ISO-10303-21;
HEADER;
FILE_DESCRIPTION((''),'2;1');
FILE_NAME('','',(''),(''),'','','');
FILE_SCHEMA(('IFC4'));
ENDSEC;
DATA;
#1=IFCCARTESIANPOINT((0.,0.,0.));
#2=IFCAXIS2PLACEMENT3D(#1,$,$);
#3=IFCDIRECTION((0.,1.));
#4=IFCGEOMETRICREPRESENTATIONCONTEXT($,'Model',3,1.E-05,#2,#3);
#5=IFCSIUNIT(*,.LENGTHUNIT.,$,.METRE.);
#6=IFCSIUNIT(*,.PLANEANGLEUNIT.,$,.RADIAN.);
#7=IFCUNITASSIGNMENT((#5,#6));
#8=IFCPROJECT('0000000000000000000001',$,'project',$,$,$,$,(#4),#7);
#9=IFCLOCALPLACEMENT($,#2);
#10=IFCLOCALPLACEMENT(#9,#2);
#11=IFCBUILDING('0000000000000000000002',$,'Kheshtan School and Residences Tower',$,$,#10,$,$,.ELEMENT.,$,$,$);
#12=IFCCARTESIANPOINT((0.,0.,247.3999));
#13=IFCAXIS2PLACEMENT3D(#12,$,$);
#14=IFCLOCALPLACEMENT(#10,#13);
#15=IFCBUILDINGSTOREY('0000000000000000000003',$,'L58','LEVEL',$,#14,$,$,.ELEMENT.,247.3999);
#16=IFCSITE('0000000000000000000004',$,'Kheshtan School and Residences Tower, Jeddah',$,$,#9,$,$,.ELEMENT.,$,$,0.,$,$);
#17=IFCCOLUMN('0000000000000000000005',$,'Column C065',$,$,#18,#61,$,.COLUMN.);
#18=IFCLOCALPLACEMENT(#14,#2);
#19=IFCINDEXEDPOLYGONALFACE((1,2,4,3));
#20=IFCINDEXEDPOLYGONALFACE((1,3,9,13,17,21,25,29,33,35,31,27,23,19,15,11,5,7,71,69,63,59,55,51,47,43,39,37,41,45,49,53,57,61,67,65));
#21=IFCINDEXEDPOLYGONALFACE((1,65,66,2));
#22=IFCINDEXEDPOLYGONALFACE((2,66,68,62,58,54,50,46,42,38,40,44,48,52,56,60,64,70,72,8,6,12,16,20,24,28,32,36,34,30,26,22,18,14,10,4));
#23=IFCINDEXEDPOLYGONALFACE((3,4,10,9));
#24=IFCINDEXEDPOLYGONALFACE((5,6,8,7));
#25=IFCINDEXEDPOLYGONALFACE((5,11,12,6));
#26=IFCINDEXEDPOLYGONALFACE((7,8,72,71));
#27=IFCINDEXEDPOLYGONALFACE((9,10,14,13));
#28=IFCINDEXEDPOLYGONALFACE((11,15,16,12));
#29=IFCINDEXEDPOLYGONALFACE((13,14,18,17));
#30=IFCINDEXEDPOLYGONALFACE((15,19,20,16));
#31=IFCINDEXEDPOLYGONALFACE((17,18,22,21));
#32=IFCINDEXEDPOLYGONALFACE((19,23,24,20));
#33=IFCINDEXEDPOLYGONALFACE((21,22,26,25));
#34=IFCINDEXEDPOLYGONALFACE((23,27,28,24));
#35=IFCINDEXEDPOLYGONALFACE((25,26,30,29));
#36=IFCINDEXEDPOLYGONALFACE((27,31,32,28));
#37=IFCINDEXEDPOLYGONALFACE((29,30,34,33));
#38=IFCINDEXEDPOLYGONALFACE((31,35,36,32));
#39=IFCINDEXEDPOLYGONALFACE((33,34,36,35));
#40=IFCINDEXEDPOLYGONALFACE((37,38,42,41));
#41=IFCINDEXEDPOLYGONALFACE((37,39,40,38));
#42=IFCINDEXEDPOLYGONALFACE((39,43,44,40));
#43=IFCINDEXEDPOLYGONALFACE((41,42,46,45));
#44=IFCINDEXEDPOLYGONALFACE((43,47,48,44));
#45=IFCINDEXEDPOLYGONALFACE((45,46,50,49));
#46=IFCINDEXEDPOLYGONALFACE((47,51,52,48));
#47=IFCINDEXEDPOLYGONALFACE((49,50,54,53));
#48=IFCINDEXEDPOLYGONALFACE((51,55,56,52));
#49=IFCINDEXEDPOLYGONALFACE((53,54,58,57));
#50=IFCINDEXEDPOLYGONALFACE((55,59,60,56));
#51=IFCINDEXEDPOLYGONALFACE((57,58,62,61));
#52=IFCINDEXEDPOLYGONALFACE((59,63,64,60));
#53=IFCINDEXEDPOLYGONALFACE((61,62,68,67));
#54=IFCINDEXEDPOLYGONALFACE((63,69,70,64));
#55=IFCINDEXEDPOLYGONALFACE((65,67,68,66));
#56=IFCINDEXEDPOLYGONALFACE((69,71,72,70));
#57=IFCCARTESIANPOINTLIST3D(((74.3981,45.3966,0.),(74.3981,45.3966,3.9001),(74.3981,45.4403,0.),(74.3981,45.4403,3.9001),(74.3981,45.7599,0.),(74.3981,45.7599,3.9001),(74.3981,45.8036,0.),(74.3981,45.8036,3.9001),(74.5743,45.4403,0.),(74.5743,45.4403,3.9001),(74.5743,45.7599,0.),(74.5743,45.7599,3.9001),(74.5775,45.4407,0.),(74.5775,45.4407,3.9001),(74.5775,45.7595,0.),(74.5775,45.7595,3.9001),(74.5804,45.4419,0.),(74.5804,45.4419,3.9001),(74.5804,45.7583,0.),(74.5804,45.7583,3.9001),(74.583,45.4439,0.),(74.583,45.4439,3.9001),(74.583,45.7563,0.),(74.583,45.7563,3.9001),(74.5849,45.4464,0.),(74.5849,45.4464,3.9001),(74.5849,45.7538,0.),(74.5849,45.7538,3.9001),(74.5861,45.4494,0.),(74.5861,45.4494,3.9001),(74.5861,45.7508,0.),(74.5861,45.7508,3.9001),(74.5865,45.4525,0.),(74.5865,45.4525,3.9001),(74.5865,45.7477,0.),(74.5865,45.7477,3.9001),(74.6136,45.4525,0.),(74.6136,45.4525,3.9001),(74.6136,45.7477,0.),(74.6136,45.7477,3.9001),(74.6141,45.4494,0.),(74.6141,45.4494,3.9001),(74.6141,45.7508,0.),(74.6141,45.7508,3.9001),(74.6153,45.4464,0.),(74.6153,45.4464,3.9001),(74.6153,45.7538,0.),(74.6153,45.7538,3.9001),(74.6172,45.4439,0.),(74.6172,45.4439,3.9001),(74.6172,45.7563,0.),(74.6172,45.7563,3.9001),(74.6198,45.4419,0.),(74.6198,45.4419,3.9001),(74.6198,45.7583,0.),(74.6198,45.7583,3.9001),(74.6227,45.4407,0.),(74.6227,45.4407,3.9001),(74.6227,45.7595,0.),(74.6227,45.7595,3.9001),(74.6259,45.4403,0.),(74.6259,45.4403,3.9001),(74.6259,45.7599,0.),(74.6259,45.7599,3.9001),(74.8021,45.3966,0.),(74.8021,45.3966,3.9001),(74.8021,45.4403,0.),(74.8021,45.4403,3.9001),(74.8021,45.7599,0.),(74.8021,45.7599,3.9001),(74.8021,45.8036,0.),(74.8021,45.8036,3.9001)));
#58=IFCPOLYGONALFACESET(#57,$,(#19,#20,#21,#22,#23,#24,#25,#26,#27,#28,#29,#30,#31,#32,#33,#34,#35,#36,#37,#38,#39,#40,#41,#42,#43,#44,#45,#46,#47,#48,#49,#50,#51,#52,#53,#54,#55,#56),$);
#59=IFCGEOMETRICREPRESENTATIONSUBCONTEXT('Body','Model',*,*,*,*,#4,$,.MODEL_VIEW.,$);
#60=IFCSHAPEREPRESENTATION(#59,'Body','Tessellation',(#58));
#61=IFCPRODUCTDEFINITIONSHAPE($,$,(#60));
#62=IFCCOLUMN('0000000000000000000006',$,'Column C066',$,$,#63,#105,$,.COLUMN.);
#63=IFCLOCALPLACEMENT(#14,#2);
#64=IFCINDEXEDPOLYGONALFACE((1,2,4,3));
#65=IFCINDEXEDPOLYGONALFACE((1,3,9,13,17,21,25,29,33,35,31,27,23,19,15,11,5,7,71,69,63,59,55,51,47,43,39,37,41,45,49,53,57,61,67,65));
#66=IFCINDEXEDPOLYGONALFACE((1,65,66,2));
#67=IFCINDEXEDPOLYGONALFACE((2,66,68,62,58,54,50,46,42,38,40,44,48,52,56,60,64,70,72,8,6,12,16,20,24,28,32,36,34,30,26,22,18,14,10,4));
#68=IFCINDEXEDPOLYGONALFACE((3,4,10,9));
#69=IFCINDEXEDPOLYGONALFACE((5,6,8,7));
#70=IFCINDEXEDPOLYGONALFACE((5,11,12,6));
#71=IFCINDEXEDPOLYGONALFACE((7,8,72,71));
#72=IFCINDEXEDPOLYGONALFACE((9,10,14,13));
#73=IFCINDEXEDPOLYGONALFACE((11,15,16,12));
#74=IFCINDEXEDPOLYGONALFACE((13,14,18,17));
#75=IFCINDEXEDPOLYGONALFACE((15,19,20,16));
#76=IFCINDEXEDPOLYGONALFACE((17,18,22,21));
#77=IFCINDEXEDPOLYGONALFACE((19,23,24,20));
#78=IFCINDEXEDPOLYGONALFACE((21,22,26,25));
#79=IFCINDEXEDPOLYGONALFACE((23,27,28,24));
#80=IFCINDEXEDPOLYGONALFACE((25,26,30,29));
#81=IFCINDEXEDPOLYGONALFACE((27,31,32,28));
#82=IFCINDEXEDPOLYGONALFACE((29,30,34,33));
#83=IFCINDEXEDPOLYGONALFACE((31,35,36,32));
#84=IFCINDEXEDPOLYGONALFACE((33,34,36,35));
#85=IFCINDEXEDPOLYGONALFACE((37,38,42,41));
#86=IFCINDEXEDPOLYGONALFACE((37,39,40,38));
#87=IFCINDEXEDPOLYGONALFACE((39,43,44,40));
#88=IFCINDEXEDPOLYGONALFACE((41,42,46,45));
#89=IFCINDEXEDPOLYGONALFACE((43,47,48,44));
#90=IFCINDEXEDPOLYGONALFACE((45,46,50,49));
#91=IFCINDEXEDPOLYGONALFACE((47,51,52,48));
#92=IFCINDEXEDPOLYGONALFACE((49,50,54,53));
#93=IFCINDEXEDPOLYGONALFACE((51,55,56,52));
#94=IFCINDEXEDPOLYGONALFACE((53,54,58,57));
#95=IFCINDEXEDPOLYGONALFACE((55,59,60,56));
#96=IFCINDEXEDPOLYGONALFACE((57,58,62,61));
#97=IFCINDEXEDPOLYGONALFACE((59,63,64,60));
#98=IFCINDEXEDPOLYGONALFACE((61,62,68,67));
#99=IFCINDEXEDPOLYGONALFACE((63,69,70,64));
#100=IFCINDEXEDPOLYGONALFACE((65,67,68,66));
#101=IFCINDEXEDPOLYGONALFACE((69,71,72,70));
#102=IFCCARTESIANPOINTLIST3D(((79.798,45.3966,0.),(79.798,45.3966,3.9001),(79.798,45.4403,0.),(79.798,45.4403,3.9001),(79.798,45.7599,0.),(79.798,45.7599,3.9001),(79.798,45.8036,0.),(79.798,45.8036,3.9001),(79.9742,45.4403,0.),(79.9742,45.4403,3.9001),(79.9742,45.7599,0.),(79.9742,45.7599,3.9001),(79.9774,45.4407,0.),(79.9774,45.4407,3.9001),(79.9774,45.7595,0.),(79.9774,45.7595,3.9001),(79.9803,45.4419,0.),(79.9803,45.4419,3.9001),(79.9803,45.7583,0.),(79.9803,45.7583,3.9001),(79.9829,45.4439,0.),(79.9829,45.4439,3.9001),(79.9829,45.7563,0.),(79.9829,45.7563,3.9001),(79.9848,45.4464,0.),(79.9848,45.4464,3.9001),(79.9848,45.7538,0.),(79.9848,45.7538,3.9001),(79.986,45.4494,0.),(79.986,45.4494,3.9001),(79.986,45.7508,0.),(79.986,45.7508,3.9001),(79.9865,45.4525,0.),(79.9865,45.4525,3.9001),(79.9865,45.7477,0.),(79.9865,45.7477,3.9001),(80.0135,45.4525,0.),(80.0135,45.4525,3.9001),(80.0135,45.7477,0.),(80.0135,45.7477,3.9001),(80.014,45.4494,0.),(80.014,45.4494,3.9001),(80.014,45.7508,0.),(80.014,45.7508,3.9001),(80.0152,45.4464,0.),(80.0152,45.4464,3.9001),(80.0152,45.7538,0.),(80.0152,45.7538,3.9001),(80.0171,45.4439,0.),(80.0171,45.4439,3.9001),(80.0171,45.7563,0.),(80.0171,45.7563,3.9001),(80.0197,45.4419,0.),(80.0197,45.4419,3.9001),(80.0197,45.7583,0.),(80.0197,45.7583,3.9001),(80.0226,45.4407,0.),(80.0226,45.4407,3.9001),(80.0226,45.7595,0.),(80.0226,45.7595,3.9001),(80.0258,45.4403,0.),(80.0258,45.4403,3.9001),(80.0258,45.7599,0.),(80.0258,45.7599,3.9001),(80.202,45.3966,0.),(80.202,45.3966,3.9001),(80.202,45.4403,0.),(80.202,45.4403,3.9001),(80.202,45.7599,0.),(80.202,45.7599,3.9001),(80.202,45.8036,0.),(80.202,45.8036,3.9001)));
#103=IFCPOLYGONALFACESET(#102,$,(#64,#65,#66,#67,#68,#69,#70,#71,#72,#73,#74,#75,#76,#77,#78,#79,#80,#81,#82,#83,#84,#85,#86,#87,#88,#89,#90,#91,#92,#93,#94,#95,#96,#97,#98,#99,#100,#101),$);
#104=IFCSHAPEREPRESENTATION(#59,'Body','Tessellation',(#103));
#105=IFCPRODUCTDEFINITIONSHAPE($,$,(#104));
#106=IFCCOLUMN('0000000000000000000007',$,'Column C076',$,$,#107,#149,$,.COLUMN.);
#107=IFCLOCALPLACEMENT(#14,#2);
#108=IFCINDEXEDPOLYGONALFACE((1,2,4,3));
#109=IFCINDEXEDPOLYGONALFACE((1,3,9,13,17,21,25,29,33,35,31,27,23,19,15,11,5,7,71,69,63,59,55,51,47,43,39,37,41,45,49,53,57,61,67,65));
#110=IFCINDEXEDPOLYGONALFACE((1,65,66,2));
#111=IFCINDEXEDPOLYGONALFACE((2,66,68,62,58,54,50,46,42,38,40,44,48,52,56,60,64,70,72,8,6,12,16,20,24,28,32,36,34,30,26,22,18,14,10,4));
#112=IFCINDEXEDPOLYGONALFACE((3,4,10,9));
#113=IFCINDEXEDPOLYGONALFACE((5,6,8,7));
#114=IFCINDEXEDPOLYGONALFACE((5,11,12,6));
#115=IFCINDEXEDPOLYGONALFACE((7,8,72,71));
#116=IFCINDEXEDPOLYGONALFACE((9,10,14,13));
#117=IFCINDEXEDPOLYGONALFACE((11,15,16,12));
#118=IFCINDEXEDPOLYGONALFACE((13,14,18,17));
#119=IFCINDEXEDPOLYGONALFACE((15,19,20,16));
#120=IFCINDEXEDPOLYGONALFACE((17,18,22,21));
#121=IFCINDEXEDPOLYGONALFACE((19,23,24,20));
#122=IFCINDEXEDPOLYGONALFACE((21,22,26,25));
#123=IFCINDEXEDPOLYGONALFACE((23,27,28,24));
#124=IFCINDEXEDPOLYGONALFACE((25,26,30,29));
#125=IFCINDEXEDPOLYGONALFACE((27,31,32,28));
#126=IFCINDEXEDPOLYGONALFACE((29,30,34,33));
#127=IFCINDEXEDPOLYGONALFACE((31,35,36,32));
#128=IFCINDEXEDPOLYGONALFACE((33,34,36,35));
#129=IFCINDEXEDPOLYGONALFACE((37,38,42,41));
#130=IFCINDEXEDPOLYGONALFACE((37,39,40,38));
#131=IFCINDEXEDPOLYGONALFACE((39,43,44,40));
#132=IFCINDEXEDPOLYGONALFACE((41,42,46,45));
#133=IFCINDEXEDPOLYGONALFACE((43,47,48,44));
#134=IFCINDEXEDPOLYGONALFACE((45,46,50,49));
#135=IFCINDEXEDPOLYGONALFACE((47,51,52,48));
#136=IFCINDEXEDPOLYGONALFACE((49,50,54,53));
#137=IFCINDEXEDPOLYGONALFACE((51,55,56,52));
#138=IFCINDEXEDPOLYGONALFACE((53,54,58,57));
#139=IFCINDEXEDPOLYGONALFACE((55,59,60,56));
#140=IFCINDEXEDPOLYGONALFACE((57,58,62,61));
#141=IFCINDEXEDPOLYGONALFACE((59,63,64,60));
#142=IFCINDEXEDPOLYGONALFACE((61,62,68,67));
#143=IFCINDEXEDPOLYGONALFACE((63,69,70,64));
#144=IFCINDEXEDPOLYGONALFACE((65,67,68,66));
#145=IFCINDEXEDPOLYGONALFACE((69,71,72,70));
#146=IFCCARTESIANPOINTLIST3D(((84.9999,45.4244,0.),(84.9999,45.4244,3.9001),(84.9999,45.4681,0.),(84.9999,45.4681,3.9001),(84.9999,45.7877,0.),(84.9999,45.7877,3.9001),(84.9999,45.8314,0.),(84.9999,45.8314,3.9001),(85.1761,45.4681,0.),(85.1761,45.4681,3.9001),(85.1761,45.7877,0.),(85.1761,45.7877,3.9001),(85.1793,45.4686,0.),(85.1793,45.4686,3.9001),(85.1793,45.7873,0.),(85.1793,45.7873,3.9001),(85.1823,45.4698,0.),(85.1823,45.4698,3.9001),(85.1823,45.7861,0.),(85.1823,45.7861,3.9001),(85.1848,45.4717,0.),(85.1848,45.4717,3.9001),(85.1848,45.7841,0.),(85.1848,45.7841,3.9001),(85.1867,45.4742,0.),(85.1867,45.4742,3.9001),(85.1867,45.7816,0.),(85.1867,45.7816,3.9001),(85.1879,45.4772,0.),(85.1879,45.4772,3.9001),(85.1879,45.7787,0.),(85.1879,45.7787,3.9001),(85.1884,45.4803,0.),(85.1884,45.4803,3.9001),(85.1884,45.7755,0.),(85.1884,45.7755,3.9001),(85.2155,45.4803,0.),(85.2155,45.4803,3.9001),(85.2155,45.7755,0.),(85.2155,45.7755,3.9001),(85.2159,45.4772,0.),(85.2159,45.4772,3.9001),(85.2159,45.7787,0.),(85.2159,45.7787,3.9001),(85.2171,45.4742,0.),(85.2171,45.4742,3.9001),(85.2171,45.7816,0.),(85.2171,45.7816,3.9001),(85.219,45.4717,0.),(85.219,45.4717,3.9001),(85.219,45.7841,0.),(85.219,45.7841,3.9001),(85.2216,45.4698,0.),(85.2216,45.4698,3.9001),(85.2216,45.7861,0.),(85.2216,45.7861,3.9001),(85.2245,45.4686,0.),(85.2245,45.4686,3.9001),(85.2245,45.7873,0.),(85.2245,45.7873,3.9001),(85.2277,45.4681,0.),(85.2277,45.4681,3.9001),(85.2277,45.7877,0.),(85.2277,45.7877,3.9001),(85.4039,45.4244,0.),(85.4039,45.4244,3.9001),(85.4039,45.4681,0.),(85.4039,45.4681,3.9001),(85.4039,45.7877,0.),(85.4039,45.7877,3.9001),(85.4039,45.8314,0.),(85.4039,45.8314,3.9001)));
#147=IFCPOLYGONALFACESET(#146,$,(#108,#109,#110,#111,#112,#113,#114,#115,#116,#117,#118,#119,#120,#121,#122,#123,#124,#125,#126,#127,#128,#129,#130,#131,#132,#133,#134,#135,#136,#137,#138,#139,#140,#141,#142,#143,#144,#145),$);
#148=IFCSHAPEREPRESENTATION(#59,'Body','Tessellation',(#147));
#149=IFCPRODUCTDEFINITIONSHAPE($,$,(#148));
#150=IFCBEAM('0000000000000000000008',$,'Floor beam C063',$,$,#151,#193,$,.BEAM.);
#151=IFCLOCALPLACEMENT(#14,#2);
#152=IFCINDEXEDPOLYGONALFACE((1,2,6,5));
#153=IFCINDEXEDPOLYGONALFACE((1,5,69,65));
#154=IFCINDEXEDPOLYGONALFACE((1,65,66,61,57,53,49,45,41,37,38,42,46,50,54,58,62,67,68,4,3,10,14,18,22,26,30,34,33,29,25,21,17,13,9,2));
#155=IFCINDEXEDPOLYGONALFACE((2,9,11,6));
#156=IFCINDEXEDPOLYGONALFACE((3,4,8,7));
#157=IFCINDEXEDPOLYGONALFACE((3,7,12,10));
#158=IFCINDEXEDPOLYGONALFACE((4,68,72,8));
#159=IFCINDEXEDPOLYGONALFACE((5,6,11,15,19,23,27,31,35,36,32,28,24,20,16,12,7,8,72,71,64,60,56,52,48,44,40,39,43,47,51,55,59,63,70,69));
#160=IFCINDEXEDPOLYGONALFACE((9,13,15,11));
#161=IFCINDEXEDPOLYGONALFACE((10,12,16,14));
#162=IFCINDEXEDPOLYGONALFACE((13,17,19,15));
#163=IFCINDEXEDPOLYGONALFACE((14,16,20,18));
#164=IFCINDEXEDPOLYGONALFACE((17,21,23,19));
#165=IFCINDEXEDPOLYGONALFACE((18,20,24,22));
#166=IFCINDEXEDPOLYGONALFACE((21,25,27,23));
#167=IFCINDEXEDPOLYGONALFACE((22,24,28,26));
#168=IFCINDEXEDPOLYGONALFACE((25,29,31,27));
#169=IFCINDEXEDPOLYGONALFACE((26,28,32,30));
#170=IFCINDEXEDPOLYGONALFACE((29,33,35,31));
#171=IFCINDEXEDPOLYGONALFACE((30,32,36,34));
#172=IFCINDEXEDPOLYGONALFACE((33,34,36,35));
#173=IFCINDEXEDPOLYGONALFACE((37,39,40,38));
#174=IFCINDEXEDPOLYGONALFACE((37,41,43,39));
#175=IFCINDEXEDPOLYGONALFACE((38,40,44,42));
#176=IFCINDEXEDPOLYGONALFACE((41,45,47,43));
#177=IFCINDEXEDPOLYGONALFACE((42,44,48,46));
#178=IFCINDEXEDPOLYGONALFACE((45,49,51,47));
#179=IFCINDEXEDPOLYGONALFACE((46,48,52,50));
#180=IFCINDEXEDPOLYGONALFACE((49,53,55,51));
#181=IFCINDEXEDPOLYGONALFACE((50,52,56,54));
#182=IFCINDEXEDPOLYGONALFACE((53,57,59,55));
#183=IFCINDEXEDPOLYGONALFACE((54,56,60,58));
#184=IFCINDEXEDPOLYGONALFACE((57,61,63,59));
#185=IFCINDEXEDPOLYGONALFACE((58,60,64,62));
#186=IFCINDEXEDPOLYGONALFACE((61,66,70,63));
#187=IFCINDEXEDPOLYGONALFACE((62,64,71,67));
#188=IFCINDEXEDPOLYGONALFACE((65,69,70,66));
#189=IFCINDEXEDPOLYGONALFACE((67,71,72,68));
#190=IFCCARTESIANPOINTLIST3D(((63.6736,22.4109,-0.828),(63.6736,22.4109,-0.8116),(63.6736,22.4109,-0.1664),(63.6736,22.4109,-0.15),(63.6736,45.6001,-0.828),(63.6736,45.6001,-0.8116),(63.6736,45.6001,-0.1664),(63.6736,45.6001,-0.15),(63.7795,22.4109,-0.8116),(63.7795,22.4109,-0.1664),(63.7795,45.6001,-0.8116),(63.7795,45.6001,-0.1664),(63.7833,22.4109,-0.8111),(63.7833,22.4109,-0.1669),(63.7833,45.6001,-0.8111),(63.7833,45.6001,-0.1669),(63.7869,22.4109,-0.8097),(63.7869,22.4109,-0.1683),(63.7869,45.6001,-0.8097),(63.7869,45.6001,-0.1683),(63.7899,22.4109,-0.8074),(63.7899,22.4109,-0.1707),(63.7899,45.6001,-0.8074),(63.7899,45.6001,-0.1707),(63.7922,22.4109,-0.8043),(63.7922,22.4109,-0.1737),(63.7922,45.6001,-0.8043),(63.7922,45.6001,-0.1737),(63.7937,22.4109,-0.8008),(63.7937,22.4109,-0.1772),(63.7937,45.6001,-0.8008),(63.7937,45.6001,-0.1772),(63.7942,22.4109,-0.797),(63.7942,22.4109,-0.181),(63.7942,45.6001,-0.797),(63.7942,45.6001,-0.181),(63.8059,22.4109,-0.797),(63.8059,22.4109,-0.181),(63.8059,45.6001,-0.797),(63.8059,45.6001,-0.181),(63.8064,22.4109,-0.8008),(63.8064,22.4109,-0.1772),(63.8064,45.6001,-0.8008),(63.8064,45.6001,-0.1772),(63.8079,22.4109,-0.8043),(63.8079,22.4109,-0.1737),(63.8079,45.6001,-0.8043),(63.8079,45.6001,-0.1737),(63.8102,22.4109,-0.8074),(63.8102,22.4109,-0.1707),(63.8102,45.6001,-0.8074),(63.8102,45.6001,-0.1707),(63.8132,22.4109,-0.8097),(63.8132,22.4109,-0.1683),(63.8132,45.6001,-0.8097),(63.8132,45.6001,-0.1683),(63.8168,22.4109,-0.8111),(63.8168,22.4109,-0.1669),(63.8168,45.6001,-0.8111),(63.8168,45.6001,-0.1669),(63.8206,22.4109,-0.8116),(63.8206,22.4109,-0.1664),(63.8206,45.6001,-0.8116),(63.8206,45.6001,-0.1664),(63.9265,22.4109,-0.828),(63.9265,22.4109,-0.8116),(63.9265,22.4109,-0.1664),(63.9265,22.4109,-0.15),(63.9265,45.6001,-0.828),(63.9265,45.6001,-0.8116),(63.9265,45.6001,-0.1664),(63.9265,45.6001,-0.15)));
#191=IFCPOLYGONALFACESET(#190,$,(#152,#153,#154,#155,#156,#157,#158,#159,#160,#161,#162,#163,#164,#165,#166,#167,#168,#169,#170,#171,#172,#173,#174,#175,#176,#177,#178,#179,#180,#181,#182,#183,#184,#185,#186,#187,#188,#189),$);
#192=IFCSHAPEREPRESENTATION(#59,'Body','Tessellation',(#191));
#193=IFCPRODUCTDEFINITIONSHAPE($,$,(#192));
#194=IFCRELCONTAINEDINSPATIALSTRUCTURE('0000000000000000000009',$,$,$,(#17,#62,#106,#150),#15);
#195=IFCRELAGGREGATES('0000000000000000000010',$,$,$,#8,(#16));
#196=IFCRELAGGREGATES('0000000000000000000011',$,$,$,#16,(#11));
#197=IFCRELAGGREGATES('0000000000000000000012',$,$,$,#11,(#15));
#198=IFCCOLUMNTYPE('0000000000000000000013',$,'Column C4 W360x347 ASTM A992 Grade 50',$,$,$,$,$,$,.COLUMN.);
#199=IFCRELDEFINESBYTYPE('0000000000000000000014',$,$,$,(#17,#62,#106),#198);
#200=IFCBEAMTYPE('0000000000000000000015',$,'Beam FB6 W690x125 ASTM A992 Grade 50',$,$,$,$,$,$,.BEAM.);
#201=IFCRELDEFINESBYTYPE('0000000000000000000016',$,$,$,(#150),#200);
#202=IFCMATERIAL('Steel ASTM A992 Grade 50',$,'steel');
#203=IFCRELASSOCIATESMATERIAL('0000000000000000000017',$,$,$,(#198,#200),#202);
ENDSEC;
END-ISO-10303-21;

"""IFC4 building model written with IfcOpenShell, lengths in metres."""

from ifc_helpers import new_model, si_unit, direction, frame, origin, origin_2d, place, context, subcontext, project, spatial, i_section, extrude, material, material_profile, profile_set, type_object, element, save


model = new_model("IFC4")

# Units and contexts
model_context = context("Model", 3, precision=1e-05, world=origin(), true_north=direction((0.0, 1.0)))
body_context = subcontext(model_context, "Body", "Model", "MODEL_VIEW")
ifc_project = project(units=[si_unit("LENGTHUNIT", "METRE"), si_unit("PLANEANGLEUNIT", "RADIAN")], contexts=[model_context])

# Site, building, storey
site_placement = place(None, origin())
site = spatial("IfcSite", under=ifc_project, at=site_placement, Name="Kheshtan School and Residences Tower, Jeddah", CompositionType="ELEMENT", RefElevation=0.0)
building_placement = place(site_placement, origin())
building = spatial("IfcBuilding", under=site, at=building_placement, Name="Kheshtan School and Residences Tower", CompositionType="ELEMENT")
storey_placement = place(building_placement, frame((0.0, 0.0, 247.3999)))
storey = spatial("IfcBuildingStorey", under=building, at=storey_placement, Name="L58", Description="LEVEL", CompositionType="ELEMENT", Elevation=247.3999)

# Columns
ifc_material_1 = material(Name="Steel ASTM A992 Grade 50", Category="steel")
ifc_material_profile_1 = material_profile(ifc_material_1, i_section(OverallWidth=0.4041, OverallDepth=0.407, WebThickness=0.0271, FlangeThickness=0.0437, FilletRadius=0.0122, at=origin_2d()), Name="W360x347")
ifc_profile_set_1 = profile_set([ifc_material_profile_1], Name="Steel ASTM A992 Grade 50")
column_type = type_object("IfcColumnType", Name="Column C4 W360x347 ASTM A992 Grade 50", PredefinedType="COLUMN", material=ifc_profile_set_1)
for number, where, z_axis, x_axis, name in (
    (1, (74.6001, 45.6001, 0.0), (0.0, 0.0, 1.0), (1.0, 0.0, 0.0), "Column C065"),
    (2, (80.0, 45.6001, 0.0), (0.0, 0.0, 1.0), (1.0, 0.0, 0.0), "Column C066"),
    (3, (85.2019, 45.6279, 0.0), (0.0, 0.0, 1.0), (1.0, 0.0, 0.0), "Column C076"),
):
    element("IfcColumn", number, at=place(storey_placement, frame(where, z_axis=z_axis, x_axis=x_axis)), inside=storey, type_object=column_type, Name=name, PredefinedType="COLUMN", context=body_context, shape_type="SweptSolid", body=[
        extrude(i_section(OverallWidth=0.4041, OverallDepth=0.407, WebThickness=0.0271, FlangeThickness=0.0437, FilletRadius=0.0122, at=origin_2d()), origin(), (0.0, 0.0, 1.0), 3.9001),
    ])

# Beam
ifc_material_profile_2 = material_profile(ifc_material_1, i_section(OverallWidth=0.2529, OverallDepth=0.678, WebThickness=0.0117, FlangeThickness=0.0164, FilletRadius=0.0146, at=origin_2d()), Name="W690x125")
ifc_profile_set_2 = profile_set([ifc_material_profile_2], Name="Steel ASTM A992 Grade 50")
beam_type_1 = type_object("IfcBeamType", Name="Beam FB6 W690x125 ASTM A992 Grade 50", PredefinedType="BEAM", material=ifc_profile_set_2)
beam_1_placement = place(storey_placement, frame((63.8, 45.6001, -0.489), z_axis=(0.0, -1.0, 0.0), x_axis=(1.0, 0.0, 0.0)))
element("IfcBeam", 4, at=beam_1_placement, inside=storey, type_object=beam_type_1, Name="Floor beam C063", PredefinedType="BEAM", context=body_context, shape_type="SweptSolid", body=[
    extrude(i_section(OverallWidth=0.2529, OverallDepth=0.678, WebThickness=0.0117, FlangeThickness=0.0164, FilletRadius=0.0146, at=origin_2d()), origin(), (0.0, 0.0, 1.0), 23.1892),
])

save(model, "model.ifc")
